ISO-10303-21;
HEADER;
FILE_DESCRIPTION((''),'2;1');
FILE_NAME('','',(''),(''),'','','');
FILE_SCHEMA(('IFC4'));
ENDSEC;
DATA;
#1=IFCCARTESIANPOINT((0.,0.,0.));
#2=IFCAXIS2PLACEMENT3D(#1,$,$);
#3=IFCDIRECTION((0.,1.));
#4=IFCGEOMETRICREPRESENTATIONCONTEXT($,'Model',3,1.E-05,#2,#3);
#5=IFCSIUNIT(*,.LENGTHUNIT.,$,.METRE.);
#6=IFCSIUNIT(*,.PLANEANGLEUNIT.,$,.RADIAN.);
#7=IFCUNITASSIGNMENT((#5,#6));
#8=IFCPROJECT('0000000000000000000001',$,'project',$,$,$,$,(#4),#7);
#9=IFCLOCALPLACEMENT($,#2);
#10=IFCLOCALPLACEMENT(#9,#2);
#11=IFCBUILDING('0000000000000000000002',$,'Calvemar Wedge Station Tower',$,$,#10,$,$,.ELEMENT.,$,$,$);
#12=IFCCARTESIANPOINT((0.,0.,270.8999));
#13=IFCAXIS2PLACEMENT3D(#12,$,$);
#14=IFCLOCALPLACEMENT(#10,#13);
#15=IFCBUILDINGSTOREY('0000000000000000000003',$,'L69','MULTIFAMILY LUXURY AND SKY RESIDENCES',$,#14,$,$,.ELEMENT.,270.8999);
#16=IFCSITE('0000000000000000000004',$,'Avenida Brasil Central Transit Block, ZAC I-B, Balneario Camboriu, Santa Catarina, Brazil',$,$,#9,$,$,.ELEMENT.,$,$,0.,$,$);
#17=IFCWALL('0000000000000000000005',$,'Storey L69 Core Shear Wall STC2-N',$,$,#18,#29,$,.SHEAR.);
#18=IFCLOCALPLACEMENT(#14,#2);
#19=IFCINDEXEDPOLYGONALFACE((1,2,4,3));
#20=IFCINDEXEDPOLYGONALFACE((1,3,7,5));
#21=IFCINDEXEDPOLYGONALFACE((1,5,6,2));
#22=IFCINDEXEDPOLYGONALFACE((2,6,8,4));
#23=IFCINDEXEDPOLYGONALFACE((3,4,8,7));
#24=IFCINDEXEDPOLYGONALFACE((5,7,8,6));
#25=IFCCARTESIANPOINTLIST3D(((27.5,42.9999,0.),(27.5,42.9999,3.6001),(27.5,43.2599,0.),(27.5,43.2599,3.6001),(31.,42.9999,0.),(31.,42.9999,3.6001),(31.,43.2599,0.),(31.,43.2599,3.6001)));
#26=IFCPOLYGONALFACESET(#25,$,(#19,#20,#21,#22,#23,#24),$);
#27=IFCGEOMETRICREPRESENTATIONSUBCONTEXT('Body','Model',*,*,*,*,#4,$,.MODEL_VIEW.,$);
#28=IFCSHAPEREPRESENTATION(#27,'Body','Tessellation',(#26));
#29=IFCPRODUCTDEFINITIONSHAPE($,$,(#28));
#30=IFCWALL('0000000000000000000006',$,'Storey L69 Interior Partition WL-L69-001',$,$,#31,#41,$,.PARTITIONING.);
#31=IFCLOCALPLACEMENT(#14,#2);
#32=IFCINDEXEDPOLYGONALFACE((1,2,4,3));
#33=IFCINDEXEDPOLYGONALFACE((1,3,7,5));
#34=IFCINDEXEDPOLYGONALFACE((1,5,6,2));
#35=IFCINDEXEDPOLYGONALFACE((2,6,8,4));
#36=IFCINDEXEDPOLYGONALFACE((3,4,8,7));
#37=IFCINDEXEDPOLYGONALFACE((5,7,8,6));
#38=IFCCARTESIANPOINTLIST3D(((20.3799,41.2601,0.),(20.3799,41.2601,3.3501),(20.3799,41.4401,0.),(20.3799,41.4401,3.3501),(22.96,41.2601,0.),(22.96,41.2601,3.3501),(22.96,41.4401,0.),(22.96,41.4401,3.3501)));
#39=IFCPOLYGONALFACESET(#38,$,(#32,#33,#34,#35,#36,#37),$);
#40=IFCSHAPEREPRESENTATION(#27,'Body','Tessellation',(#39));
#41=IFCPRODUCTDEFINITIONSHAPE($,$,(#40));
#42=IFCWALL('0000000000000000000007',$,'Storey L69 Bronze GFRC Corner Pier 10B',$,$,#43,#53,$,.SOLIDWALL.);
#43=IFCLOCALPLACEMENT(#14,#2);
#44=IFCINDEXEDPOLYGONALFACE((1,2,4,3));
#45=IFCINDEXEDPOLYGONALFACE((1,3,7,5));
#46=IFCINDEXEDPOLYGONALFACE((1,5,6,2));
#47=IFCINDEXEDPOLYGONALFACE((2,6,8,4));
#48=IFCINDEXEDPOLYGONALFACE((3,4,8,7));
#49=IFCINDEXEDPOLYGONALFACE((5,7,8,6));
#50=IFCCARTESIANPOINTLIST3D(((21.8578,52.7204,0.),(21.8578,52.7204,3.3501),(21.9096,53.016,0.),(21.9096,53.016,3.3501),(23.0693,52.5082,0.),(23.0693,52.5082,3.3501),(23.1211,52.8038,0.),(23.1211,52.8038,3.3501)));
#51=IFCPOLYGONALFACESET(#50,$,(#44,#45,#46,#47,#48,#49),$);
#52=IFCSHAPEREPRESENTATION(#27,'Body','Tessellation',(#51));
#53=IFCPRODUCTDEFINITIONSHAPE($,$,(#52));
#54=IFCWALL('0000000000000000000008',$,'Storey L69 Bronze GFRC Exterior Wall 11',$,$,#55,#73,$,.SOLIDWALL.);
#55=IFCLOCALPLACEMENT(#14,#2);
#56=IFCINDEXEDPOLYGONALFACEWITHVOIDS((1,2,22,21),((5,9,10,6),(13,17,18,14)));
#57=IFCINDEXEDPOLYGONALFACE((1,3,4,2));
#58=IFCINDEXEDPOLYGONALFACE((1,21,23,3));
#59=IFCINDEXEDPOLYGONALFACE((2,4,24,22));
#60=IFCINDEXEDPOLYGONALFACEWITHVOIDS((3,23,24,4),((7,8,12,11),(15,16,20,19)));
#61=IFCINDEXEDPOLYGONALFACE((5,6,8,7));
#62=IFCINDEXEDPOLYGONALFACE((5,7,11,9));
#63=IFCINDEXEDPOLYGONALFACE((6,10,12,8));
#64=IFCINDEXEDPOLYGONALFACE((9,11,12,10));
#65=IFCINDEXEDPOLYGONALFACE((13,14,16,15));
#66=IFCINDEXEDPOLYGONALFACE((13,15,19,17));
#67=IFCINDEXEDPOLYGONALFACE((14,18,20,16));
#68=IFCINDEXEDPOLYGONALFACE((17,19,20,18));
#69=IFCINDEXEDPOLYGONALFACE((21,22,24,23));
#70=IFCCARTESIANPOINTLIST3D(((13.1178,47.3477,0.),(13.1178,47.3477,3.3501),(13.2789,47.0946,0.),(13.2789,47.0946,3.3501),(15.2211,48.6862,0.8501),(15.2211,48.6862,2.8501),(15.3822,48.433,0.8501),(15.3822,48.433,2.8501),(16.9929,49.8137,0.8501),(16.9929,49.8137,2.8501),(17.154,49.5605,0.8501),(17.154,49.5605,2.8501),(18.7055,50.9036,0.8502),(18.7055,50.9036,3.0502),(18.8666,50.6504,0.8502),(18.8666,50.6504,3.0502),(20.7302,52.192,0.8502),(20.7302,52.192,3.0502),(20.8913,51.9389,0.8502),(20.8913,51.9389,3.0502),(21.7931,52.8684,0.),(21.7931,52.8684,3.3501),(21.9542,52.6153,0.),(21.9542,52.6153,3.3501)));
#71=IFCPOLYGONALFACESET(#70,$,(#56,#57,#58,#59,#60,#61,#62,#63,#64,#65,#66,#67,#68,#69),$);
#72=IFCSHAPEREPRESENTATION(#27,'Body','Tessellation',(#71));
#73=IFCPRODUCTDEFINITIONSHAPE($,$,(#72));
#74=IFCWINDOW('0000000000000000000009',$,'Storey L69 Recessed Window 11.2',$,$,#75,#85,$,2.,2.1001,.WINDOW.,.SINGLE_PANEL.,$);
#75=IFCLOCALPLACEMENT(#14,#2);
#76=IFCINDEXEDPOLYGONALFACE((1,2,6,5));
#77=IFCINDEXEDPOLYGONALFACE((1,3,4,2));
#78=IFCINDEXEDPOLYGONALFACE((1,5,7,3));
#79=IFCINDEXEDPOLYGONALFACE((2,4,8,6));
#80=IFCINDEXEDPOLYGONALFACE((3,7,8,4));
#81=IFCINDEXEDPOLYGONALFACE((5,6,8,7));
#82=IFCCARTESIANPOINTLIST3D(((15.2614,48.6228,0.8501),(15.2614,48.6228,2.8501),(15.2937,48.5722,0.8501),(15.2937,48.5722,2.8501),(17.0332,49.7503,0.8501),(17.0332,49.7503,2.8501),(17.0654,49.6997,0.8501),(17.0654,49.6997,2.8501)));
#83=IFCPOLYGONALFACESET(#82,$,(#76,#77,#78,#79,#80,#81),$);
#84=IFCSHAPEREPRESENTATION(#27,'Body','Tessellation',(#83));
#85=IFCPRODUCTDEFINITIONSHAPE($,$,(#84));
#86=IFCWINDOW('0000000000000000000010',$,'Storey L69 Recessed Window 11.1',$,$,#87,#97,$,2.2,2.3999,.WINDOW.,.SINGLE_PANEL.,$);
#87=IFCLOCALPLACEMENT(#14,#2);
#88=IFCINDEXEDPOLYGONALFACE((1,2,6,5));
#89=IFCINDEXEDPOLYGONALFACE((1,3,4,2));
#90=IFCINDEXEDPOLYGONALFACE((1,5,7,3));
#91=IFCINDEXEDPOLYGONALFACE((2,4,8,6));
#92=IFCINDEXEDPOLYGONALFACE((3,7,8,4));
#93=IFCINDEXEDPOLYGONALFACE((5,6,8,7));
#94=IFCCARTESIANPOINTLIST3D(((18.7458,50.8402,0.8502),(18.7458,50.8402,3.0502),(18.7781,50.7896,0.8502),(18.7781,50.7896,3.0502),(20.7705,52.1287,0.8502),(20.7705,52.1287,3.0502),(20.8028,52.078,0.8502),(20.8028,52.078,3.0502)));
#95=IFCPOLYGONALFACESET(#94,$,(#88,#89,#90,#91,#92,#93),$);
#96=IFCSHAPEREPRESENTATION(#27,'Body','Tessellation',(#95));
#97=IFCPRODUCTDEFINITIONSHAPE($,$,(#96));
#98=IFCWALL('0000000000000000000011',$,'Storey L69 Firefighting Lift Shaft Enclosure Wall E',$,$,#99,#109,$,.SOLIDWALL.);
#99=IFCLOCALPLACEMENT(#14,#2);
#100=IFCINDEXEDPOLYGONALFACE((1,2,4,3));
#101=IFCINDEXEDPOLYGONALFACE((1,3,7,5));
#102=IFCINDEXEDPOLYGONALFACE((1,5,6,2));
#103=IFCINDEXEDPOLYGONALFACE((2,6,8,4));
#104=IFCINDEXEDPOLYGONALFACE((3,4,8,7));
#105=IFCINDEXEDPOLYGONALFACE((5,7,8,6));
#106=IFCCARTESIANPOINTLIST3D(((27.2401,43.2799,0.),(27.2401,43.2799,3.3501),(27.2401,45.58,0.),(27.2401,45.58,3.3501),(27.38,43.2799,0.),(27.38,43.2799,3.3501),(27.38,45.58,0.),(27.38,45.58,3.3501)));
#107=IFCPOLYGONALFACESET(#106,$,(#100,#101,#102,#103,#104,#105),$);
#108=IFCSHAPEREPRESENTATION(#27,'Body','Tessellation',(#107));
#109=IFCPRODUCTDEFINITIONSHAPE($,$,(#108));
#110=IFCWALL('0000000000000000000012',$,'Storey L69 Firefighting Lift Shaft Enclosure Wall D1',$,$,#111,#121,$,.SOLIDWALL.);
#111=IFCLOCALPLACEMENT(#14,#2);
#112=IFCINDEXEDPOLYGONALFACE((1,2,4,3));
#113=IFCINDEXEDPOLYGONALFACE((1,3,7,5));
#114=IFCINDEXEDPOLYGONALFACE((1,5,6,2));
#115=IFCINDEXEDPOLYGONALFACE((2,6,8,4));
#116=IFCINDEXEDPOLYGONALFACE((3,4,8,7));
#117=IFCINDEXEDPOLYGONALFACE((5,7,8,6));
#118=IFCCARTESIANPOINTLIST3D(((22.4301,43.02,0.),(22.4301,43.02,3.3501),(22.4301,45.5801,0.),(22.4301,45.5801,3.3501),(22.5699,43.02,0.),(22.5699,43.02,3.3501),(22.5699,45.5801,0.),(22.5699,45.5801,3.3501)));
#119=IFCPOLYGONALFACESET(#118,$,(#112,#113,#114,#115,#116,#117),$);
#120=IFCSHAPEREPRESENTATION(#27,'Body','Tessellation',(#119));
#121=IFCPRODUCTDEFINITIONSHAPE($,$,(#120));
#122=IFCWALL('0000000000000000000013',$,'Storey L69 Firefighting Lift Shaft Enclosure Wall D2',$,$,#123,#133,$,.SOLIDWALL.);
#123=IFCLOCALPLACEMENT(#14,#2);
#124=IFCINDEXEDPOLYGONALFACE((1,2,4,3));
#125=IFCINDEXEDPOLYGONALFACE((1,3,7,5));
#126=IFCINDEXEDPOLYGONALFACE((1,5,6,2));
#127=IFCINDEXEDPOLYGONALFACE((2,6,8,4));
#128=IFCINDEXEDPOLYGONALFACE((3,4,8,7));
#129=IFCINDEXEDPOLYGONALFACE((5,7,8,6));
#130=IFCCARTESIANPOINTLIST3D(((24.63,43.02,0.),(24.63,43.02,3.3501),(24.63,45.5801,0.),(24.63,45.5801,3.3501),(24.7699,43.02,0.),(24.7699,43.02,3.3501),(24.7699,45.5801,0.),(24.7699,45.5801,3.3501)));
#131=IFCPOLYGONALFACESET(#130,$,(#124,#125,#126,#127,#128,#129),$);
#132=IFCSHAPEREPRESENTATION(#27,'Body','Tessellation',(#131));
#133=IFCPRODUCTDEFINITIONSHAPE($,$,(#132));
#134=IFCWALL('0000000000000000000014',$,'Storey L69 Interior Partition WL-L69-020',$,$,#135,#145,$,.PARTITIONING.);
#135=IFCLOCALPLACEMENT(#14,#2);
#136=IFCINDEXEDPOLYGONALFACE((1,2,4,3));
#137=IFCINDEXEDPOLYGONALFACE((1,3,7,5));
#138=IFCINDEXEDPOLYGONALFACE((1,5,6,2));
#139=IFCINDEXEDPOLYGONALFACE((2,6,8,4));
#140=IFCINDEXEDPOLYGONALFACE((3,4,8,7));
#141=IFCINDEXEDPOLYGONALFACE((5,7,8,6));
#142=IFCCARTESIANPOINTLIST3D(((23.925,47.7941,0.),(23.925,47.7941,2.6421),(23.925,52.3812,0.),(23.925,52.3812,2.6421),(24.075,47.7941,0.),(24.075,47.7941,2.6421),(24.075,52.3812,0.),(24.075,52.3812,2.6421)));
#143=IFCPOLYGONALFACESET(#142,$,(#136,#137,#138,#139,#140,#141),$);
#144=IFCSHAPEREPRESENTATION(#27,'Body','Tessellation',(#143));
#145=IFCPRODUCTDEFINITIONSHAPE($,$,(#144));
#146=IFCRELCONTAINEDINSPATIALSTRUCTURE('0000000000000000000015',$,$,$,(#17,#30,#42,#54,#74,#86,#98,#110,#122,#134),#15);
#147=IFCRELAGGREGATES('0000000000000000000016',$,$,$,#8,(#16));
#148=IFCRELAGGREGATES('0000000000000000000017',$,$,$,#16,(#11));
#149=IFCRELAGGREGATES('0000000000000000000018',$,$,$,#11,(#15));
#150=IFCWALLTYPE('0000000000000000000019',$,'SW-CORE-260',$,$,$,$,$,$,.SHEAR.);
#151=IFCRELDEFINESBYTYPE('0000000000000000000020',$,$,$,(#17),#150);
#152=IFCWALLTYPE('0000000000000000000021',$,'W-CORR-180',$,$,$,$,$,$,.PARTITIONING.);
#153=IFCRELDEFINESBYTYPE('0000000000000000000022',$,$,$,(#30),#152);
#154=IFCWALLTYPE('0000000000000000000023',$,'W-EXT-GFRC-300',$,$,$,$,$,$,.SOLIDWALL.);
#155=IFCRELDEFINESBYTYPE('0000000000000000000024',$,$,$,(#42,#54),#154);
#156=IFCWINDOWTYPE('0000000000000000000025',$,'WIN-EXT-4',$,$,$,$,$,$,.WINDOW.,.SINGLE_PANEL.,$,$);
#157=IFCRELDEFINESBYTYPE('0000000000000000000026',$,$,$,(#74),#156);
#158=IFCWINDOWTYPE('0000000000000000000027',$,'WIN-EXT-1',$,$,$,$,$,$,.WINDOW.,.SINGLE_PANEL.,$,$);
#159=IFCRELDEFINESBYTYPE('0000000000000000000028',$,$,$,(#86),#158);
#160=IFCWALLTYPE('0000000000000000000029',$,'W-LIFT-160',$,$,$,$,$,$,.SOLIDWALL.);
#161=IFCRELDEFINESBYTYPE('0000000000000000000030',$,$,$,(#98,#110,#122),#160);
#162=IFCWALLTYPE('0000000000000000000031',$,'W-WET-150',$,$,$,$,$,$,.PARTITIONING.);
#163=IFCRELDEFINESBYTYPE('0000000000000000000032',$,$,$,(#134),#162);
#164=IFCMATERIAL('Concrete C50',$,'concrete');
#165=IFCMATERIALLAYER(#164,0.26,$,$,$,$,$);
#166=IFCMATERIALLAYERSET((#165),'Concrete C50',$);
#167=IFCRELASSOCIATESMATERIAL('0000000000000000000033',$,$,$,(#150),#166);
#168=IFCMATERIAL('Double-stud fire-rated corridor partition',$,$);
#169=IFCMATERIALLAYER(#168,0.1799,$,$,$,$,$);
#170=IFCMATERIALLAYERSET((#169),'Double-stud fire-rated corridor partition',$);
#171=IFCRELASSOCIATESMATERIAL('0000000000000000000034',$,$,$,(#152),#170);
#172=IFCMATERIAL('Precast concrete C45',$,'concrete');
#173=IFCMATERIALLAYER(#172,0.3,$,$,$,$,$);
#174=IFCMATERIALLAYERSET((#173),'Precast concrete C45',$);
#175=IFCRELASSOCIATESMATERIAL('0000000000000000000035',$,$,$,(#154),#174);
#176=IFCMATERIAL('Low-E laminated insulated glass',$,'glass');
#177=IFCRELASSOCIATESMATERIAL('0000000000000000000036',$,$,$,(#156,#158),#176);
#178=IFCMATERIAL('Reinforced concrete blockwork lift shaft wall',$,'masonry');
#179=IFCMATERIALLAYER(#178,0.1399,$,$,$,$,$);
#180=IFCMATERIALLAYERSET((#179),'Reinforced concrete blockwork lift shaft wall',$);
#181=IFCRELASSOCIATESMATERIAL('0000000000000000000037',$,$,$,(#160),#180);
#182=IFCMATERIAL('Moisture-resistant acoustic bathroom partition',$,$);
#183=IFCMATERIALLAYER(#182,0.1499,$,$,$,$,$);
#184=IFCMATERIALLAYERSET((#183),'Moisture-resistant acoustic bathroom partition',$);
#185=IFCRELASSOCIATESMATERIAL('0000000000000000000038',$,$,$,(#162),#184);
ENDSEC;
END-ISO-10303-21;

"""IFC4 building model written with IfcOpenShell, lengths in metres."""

from ifc_helpers import new_model, si_unit, direction, frame, frame_2d, origin, place, context, subcontext, project, spatial, rectangle, extrude, source, transform, mapped, material, layer, layer_set, type_object, element, fill, save


model = new_model("IFC4")

# Units and contexts
model_context = context("Model", 3, precision=1e-05, world=origin(), true_north=direction((0.0, 1.0)))
body_context = subcontext(model_context, "Body", "Model", "MODEL_VIEW")
ifc_project = project(units=[si_unit("LENGTHUNIT", "METRE"), si_unit("PLANEANGLEUNIT", "RADIAN")], contexts=[model_context])

# Site, building, storey
site_placement = place(None, origin())
site = spatial("IfcSite", under=ifc_project, at=site_placement, Name="Avenida Brasil Central Transit Block, ZAC I-B, Balneario Camboriu, Santa Catarina, Brazil", CompositionType="ELEMENT", RefElevation=0.0)
building_placement = place(site_placement, origin())
building = spatial("IfcBuilding", under=site, at=building_placement, Name="Calvemar Wedge Station Tower", CompositionType="ELEMENT")
storey_placement = place(building_placement, frame((0.0, 0.0, 270.8999)))
storey = spatial("IfcBuildingStorey", under=building, at=storey_placement, Name="L69", Description="MULTIFAMILY LUXURY AND SKY RESIDENCES", CompositionType="ELEMENT", Elevation=270.8999)

# Shared definitions
ifc_material_1 = material(Name="Concrete C50", Category="concrete")

# Shared definitions
ifc_material_2 = material(Name="Low-E laminated insulated glass", Category="glass")

# Walls
ifc_layer_1 = layer(ifc_material_1, 0.26)
ifc_layer_set_1 = layer_set([ifc_layer_1], Name="Concrete C50")
wall_type_1 = type_object("IfcWallType", Name="SW-CORE-260", PredefinedType="SHEAR", material=ifc_layer_set_1)
wall_1_placement = place(storey_placement, frame((27.5, 43.1299, 0.0), z_axis=(0.0, 0.0, 1.0), x_axis=(1.0, 0.0, 0.0)))
element("IfcWall", 1, at=wall_1_placement, inside=storey, type_object=wall_type_1, Name="Storey L69 Core Shear Wall STC2-N", PredefinedType="SHEAR", context=body_context, shape_type="SweptSolid", body=[
    extrude(rectangle(XDim=3.5, YDim=0.26, at=frame_2d((1.75, 0.0))), origin(), (0.0, 0.0, 1.0), 3.6001),
])
ifc_material_3 = material(Name="Double-stud fire-rated corridor partition")
ifc_layer_2 = layer(ifc_material_3, 0.1799)
ifc_layer_set_2 = layer_set([ifc_layer_2], Name="Double-stud fire-rated corridor partition")
wall_type_2 = type_object("IfcWallType", Name="W-CORR-180", PredefinedType="PARTITIONING", material=ifc_layer_set_2)
wall_2_placement = place(storey_placement, frame((22.96, 41.3501, 0.0), z_axis=(0.0, 0.0, 1.0), x_axis=(-1.0, 0.0, 0.0)))
element("IfcWall", 2, at=wall_2_placement, inside=storey, type_object=wall_type_2, Name="Storey L69 Interior Partition WL-L69-001", PredefinedType="PARTITIONING", context=body_context, shape_type="SweptSolid", body=[
    extrude(rectangle(XDim=2.5801, YDim=0.1799, at=frame_2d((1.29, 0.0))), origin(), (0.0, 0.0, 1.0), 3.3501),
])

# Wall
ifc_material_4 = material(Name="Precast concrete C45", Category="concrete")
ifc_layer_3 = layer(ifc_material_4, 0.3)
ifc_layer_set_3 = layer_set([ifc_layer_3], Name="Precast concrete C45")
wall_type_3 = type_object("IfcWallType", Name="W-EXT-GFRC-300", PredefinedType="SOLIDWALL", material=ifc_layer_set_3)
wall_3_placement = place(storey_placement, frame((23.0952, 52.656, 0.0), z_axis=(0.0, 0.0, 1.0), x_axis=(-0.985009, 0.172506, 0.0)))
element("IfcWall", 3, at=wall_3_placement, inside=storey, type_object=wall_type_3, Name="Storey L69 Bronze GFRC Corner Pier 10B", PredefinedType="SOLIDWALL", context=body_context, shape_type="SweptSolid", body=[
    extrude(rectangle(XDim=1.23, YDim=0.3, at=frame_2d((0.615, 0.0))), origin(), (0.0, 0.0, 1.0), 3.3501),
])

# Wall, openings, windows
wall_4_placement = place(storey_placement, frame((21.8738, 52.7419, 0.0), z_axis=(0.0, 0.0, 1.0), x_axis=(-0.843657, -0.536883, 0.0)))
wall_4 = element("IfcWall", 4, at=wall_4_placement, inside=storey, type_object=wall_type_3, Name="Storey L69 Bronze GFRC Exterior Wall 11", PredefinedType="SOLIDWALL", context=body_context, shape_type="SweptSolid", body=[
    extrude(rectangle(XDim=10.283, YDim=0.3, at=frame_2d((5.1416, 0.0))), origin(), (0.0, 0.0, 1.0), 3.3501),
])
shared_shape_1 = source(origin(), body_context, "Body", "SweptSolid", [
    extrude(rectangle(XDim=2.3999, YDim=2.2, at=frame_2d((1.2, 1.1001))), frame((0.0, 0.1602, 0.0), z_axis=(0.0, -1.0, 0.0), x_axis=(1.0, 0.0, 0.0)), (0.0, 0.0, 1.0), 0.3201),
])
opening_1_placement = place(wall_4_placement, frame((1.26, 0.0, 0.8501)))
opening_1 = element("IfcOpeningElement", 5, at=opening_1_placement, cuts=wall_4, PredefinedType="OPENING", context=body_context, shape_type="MappedRepresentation", body=[
    mapped(shared_shape_1, transform((0.0, 0.0, 0.0), scale=1.0)),
])
shared_shape_2 = source(origin(), body_context, "Body", "SweptSolid", [
    extrude(rectangle(XDim=2.1001, YDim=2.0, at=frame_2d((1.05, 1.0))), frame((0.0, 0.1602, 0.0), z_axis=(0.0, -1.0, 0.0), x_axis=(1.0, 0.0, 0.0)), (0.0, 0.0, 1.0), 0.3201),
])
opening_2_placement = place(wall_4_placement, frame((5.6899, 0.0, 0.8501)))
opening_2 = element("IfcOpeningElement", 6, at=opening_2_placement, cuts=wall_4, PredefinedType="OPENING", context=body_context, shape_type="MappedRepresentation", body=[
    mapped(shared_shape_2, transform((0.0, 0.0, 0.0), scale=1.0)),
])
window_type_1 = type_object("IfcWindowType", Name="WIN-EXT-4", PartitioningType="SINGLE_PANEL", PredefinedType="WINDOW", material=ifc_material_2)
shared_shape_3 = source(origin(), body_context, "Body", "SweptSolid", [
    extrude(rectangle(XDim=2.1001, YDim=2.0, at=frame_2d((1.05, 1.0))), frame((0.0, -0.0149, 0.0), z_axis=(0.0, -1.0, 0.0), x_axis=(1.0, 0.0, 0.0)), (0.0, 0.0, 1.0), 0.0601),
])
window_1_placement = place(opening_2_placement, origin())
window_1 = element("IfcWindow", 7, at=window_1_placement, inside=storey, type_object=window_type_1, Name="Storey L69 Recessed Window 11.2", OverallHeight=2.0, OverallWidth=2.1001, PartitioningType="SINGLE_PANEL", PredefinedType="WINDOW", context=body_context, shape_type="MappedRepresentation", body=[
    mapped(shared_shape_3, transform((0.0, 0.0, 0.0), scale=1.0)),
])
fill(opening_2, window_1)
window_type_2 = type_object("IfcWindowType", Name="WIN-EXT-1", PartitioningType="SINGLE_PANEL", PredefinedType="WINDOW", material=ifc_material_2)
shared_shape_4 = source(origin(), body_context, "Body", "SweptSolid", [
    extrude(rectangle(XDim=2.3999, YDim=2.2, at=frame_2d((1.2, 1.1001))), frame((0.0, -0.0149, 0.0), z_axis=(0.0, -1.0, 0.0), x_axis=(1.0, 0.0, 0.0)), (0.0, 0.0, 1.0), 0.0601),
])
window_2_placement = place(opening_1_placement, origin())
window_2 = element("IfcWindow", 8, at=window_2_placement, inside=storey, type_object=window_type_2, Name="Storey L69 Recessed Window 11.1", OverallHeight=2.2, OverallWidth=2.3999, PartitioningType="SINGLE_PANEL", PredefinedType="WINDOW", context=body_context, shape_type="MappedRepresentation", body=[
    mapped(shared_shape_4, transform((0.0, 0.0, 0.0), scale=1.0)),
])
fill(opening_1, window_2)

# Shared definitions
ifc_material_5 = material(Name="Reinforced concrete blockwork lift shaft wall", Category="masonry")
ifc_layer_4 = layer(ifc_material_5, 0.1399)
ifc_layer_set_4 = layer_set([ifc_layer_4], Name="Reinforced concrete blockwork lift shaft wall")
wall_type_4 = type_object("IfcWallType", Name="W-LIFT-160", PredefinedType="SOLIDWALL", material=ifc_layer_set_4)

# Walls
wall_5_placement = place(storey_placement, frame((27.3101, 43.28, 0.0), z_axis=(0.0, 0.0, 1.0), x_axis=(0.0, 1.0, 0.0)))
element("IfcWall", 9, at=wall_5_placement, inside=storey, type_object=wall_type_4, Name="Storey L69 Firefighting Lift Shaft Enclosure Wall E", PredefinedType="SOLIDWALL", context=body_context, shape_type="SweptSolid", body=[
    extrude(rectangle(XDim=2.3, YDim=0.1399, at=frame_2d((1.1499, 0.0))), origin(), (0.0, 0.0, 1.0), 3.3501),
])
for number, where, z_axis, x_axis, name in (
    (10, (22.5, 43.02, 0.0), (0.0, 0.0, 1.0), (0.0, 1.0, 0.0), "Storey L69 Firefighting Lift Shaft Enclosure Wall D1"),
    (11, (24.7, 43.02, 0.0), (0.0, 0.0, 1.0), (0.0, 1.0, 0.0), "Storey L69 Firefighting Lift Shaft Enclosure Wall D2"),
):
    element("IfcWall", number, at=place(storey_placement, frame(where, z_axis=z_axis, x_axis=x_axis)), inside=storey, type_object=wall_type_4, Name=name, PredefinedType="SOLIDWALL", context=body_context, shape_type="SweptSolid", body=[
        extrude(rectangle(XDim=2.5601, YDim=0.1399, at=frame_2d((1.28, 0.0))), origin(), (0.0, 0.0, 1.0), 3.3501),
    ])
ifc_material_6 = material(Name="Moisture-resistant acoustic bathroom partition")
ifc_layer_5 = layer(ifc_material_6, 0.1499)
ifc_layer_set_5 = layer_set([ifc_layer_5], Name="Moisture-resistant acoustic bathroom partition")
wall_type_5 = type_object("IfcWallType", Name="W-WET-150", PredefinedType="PARTITIONING", material=ifc_layer_set_5)
wall_6_placement = place(storey_placement, frame((24.0, 52.3811, 0.0), z_axis=(0.0, 0.0, 1.0), x_axis=(0.0, -1.0, 0.0)))
element("IfcWall", 12, at=wall_6_placement, inside=storey, type_object=wall_type_5, Name="Storey L69 Interior Partition WL-L69-020", PredefinedType="PARTITIONING", context=body_context, shape_type="SweptSolid", body=[
    extrude(rectangle(XDim=4.5872, YDim=0.1499, at=frame_2d((2.2935, 0.0))), origin(), (0.0, 0.0, 1.0), 2.6421),
])

save(model, "model.ifc")
